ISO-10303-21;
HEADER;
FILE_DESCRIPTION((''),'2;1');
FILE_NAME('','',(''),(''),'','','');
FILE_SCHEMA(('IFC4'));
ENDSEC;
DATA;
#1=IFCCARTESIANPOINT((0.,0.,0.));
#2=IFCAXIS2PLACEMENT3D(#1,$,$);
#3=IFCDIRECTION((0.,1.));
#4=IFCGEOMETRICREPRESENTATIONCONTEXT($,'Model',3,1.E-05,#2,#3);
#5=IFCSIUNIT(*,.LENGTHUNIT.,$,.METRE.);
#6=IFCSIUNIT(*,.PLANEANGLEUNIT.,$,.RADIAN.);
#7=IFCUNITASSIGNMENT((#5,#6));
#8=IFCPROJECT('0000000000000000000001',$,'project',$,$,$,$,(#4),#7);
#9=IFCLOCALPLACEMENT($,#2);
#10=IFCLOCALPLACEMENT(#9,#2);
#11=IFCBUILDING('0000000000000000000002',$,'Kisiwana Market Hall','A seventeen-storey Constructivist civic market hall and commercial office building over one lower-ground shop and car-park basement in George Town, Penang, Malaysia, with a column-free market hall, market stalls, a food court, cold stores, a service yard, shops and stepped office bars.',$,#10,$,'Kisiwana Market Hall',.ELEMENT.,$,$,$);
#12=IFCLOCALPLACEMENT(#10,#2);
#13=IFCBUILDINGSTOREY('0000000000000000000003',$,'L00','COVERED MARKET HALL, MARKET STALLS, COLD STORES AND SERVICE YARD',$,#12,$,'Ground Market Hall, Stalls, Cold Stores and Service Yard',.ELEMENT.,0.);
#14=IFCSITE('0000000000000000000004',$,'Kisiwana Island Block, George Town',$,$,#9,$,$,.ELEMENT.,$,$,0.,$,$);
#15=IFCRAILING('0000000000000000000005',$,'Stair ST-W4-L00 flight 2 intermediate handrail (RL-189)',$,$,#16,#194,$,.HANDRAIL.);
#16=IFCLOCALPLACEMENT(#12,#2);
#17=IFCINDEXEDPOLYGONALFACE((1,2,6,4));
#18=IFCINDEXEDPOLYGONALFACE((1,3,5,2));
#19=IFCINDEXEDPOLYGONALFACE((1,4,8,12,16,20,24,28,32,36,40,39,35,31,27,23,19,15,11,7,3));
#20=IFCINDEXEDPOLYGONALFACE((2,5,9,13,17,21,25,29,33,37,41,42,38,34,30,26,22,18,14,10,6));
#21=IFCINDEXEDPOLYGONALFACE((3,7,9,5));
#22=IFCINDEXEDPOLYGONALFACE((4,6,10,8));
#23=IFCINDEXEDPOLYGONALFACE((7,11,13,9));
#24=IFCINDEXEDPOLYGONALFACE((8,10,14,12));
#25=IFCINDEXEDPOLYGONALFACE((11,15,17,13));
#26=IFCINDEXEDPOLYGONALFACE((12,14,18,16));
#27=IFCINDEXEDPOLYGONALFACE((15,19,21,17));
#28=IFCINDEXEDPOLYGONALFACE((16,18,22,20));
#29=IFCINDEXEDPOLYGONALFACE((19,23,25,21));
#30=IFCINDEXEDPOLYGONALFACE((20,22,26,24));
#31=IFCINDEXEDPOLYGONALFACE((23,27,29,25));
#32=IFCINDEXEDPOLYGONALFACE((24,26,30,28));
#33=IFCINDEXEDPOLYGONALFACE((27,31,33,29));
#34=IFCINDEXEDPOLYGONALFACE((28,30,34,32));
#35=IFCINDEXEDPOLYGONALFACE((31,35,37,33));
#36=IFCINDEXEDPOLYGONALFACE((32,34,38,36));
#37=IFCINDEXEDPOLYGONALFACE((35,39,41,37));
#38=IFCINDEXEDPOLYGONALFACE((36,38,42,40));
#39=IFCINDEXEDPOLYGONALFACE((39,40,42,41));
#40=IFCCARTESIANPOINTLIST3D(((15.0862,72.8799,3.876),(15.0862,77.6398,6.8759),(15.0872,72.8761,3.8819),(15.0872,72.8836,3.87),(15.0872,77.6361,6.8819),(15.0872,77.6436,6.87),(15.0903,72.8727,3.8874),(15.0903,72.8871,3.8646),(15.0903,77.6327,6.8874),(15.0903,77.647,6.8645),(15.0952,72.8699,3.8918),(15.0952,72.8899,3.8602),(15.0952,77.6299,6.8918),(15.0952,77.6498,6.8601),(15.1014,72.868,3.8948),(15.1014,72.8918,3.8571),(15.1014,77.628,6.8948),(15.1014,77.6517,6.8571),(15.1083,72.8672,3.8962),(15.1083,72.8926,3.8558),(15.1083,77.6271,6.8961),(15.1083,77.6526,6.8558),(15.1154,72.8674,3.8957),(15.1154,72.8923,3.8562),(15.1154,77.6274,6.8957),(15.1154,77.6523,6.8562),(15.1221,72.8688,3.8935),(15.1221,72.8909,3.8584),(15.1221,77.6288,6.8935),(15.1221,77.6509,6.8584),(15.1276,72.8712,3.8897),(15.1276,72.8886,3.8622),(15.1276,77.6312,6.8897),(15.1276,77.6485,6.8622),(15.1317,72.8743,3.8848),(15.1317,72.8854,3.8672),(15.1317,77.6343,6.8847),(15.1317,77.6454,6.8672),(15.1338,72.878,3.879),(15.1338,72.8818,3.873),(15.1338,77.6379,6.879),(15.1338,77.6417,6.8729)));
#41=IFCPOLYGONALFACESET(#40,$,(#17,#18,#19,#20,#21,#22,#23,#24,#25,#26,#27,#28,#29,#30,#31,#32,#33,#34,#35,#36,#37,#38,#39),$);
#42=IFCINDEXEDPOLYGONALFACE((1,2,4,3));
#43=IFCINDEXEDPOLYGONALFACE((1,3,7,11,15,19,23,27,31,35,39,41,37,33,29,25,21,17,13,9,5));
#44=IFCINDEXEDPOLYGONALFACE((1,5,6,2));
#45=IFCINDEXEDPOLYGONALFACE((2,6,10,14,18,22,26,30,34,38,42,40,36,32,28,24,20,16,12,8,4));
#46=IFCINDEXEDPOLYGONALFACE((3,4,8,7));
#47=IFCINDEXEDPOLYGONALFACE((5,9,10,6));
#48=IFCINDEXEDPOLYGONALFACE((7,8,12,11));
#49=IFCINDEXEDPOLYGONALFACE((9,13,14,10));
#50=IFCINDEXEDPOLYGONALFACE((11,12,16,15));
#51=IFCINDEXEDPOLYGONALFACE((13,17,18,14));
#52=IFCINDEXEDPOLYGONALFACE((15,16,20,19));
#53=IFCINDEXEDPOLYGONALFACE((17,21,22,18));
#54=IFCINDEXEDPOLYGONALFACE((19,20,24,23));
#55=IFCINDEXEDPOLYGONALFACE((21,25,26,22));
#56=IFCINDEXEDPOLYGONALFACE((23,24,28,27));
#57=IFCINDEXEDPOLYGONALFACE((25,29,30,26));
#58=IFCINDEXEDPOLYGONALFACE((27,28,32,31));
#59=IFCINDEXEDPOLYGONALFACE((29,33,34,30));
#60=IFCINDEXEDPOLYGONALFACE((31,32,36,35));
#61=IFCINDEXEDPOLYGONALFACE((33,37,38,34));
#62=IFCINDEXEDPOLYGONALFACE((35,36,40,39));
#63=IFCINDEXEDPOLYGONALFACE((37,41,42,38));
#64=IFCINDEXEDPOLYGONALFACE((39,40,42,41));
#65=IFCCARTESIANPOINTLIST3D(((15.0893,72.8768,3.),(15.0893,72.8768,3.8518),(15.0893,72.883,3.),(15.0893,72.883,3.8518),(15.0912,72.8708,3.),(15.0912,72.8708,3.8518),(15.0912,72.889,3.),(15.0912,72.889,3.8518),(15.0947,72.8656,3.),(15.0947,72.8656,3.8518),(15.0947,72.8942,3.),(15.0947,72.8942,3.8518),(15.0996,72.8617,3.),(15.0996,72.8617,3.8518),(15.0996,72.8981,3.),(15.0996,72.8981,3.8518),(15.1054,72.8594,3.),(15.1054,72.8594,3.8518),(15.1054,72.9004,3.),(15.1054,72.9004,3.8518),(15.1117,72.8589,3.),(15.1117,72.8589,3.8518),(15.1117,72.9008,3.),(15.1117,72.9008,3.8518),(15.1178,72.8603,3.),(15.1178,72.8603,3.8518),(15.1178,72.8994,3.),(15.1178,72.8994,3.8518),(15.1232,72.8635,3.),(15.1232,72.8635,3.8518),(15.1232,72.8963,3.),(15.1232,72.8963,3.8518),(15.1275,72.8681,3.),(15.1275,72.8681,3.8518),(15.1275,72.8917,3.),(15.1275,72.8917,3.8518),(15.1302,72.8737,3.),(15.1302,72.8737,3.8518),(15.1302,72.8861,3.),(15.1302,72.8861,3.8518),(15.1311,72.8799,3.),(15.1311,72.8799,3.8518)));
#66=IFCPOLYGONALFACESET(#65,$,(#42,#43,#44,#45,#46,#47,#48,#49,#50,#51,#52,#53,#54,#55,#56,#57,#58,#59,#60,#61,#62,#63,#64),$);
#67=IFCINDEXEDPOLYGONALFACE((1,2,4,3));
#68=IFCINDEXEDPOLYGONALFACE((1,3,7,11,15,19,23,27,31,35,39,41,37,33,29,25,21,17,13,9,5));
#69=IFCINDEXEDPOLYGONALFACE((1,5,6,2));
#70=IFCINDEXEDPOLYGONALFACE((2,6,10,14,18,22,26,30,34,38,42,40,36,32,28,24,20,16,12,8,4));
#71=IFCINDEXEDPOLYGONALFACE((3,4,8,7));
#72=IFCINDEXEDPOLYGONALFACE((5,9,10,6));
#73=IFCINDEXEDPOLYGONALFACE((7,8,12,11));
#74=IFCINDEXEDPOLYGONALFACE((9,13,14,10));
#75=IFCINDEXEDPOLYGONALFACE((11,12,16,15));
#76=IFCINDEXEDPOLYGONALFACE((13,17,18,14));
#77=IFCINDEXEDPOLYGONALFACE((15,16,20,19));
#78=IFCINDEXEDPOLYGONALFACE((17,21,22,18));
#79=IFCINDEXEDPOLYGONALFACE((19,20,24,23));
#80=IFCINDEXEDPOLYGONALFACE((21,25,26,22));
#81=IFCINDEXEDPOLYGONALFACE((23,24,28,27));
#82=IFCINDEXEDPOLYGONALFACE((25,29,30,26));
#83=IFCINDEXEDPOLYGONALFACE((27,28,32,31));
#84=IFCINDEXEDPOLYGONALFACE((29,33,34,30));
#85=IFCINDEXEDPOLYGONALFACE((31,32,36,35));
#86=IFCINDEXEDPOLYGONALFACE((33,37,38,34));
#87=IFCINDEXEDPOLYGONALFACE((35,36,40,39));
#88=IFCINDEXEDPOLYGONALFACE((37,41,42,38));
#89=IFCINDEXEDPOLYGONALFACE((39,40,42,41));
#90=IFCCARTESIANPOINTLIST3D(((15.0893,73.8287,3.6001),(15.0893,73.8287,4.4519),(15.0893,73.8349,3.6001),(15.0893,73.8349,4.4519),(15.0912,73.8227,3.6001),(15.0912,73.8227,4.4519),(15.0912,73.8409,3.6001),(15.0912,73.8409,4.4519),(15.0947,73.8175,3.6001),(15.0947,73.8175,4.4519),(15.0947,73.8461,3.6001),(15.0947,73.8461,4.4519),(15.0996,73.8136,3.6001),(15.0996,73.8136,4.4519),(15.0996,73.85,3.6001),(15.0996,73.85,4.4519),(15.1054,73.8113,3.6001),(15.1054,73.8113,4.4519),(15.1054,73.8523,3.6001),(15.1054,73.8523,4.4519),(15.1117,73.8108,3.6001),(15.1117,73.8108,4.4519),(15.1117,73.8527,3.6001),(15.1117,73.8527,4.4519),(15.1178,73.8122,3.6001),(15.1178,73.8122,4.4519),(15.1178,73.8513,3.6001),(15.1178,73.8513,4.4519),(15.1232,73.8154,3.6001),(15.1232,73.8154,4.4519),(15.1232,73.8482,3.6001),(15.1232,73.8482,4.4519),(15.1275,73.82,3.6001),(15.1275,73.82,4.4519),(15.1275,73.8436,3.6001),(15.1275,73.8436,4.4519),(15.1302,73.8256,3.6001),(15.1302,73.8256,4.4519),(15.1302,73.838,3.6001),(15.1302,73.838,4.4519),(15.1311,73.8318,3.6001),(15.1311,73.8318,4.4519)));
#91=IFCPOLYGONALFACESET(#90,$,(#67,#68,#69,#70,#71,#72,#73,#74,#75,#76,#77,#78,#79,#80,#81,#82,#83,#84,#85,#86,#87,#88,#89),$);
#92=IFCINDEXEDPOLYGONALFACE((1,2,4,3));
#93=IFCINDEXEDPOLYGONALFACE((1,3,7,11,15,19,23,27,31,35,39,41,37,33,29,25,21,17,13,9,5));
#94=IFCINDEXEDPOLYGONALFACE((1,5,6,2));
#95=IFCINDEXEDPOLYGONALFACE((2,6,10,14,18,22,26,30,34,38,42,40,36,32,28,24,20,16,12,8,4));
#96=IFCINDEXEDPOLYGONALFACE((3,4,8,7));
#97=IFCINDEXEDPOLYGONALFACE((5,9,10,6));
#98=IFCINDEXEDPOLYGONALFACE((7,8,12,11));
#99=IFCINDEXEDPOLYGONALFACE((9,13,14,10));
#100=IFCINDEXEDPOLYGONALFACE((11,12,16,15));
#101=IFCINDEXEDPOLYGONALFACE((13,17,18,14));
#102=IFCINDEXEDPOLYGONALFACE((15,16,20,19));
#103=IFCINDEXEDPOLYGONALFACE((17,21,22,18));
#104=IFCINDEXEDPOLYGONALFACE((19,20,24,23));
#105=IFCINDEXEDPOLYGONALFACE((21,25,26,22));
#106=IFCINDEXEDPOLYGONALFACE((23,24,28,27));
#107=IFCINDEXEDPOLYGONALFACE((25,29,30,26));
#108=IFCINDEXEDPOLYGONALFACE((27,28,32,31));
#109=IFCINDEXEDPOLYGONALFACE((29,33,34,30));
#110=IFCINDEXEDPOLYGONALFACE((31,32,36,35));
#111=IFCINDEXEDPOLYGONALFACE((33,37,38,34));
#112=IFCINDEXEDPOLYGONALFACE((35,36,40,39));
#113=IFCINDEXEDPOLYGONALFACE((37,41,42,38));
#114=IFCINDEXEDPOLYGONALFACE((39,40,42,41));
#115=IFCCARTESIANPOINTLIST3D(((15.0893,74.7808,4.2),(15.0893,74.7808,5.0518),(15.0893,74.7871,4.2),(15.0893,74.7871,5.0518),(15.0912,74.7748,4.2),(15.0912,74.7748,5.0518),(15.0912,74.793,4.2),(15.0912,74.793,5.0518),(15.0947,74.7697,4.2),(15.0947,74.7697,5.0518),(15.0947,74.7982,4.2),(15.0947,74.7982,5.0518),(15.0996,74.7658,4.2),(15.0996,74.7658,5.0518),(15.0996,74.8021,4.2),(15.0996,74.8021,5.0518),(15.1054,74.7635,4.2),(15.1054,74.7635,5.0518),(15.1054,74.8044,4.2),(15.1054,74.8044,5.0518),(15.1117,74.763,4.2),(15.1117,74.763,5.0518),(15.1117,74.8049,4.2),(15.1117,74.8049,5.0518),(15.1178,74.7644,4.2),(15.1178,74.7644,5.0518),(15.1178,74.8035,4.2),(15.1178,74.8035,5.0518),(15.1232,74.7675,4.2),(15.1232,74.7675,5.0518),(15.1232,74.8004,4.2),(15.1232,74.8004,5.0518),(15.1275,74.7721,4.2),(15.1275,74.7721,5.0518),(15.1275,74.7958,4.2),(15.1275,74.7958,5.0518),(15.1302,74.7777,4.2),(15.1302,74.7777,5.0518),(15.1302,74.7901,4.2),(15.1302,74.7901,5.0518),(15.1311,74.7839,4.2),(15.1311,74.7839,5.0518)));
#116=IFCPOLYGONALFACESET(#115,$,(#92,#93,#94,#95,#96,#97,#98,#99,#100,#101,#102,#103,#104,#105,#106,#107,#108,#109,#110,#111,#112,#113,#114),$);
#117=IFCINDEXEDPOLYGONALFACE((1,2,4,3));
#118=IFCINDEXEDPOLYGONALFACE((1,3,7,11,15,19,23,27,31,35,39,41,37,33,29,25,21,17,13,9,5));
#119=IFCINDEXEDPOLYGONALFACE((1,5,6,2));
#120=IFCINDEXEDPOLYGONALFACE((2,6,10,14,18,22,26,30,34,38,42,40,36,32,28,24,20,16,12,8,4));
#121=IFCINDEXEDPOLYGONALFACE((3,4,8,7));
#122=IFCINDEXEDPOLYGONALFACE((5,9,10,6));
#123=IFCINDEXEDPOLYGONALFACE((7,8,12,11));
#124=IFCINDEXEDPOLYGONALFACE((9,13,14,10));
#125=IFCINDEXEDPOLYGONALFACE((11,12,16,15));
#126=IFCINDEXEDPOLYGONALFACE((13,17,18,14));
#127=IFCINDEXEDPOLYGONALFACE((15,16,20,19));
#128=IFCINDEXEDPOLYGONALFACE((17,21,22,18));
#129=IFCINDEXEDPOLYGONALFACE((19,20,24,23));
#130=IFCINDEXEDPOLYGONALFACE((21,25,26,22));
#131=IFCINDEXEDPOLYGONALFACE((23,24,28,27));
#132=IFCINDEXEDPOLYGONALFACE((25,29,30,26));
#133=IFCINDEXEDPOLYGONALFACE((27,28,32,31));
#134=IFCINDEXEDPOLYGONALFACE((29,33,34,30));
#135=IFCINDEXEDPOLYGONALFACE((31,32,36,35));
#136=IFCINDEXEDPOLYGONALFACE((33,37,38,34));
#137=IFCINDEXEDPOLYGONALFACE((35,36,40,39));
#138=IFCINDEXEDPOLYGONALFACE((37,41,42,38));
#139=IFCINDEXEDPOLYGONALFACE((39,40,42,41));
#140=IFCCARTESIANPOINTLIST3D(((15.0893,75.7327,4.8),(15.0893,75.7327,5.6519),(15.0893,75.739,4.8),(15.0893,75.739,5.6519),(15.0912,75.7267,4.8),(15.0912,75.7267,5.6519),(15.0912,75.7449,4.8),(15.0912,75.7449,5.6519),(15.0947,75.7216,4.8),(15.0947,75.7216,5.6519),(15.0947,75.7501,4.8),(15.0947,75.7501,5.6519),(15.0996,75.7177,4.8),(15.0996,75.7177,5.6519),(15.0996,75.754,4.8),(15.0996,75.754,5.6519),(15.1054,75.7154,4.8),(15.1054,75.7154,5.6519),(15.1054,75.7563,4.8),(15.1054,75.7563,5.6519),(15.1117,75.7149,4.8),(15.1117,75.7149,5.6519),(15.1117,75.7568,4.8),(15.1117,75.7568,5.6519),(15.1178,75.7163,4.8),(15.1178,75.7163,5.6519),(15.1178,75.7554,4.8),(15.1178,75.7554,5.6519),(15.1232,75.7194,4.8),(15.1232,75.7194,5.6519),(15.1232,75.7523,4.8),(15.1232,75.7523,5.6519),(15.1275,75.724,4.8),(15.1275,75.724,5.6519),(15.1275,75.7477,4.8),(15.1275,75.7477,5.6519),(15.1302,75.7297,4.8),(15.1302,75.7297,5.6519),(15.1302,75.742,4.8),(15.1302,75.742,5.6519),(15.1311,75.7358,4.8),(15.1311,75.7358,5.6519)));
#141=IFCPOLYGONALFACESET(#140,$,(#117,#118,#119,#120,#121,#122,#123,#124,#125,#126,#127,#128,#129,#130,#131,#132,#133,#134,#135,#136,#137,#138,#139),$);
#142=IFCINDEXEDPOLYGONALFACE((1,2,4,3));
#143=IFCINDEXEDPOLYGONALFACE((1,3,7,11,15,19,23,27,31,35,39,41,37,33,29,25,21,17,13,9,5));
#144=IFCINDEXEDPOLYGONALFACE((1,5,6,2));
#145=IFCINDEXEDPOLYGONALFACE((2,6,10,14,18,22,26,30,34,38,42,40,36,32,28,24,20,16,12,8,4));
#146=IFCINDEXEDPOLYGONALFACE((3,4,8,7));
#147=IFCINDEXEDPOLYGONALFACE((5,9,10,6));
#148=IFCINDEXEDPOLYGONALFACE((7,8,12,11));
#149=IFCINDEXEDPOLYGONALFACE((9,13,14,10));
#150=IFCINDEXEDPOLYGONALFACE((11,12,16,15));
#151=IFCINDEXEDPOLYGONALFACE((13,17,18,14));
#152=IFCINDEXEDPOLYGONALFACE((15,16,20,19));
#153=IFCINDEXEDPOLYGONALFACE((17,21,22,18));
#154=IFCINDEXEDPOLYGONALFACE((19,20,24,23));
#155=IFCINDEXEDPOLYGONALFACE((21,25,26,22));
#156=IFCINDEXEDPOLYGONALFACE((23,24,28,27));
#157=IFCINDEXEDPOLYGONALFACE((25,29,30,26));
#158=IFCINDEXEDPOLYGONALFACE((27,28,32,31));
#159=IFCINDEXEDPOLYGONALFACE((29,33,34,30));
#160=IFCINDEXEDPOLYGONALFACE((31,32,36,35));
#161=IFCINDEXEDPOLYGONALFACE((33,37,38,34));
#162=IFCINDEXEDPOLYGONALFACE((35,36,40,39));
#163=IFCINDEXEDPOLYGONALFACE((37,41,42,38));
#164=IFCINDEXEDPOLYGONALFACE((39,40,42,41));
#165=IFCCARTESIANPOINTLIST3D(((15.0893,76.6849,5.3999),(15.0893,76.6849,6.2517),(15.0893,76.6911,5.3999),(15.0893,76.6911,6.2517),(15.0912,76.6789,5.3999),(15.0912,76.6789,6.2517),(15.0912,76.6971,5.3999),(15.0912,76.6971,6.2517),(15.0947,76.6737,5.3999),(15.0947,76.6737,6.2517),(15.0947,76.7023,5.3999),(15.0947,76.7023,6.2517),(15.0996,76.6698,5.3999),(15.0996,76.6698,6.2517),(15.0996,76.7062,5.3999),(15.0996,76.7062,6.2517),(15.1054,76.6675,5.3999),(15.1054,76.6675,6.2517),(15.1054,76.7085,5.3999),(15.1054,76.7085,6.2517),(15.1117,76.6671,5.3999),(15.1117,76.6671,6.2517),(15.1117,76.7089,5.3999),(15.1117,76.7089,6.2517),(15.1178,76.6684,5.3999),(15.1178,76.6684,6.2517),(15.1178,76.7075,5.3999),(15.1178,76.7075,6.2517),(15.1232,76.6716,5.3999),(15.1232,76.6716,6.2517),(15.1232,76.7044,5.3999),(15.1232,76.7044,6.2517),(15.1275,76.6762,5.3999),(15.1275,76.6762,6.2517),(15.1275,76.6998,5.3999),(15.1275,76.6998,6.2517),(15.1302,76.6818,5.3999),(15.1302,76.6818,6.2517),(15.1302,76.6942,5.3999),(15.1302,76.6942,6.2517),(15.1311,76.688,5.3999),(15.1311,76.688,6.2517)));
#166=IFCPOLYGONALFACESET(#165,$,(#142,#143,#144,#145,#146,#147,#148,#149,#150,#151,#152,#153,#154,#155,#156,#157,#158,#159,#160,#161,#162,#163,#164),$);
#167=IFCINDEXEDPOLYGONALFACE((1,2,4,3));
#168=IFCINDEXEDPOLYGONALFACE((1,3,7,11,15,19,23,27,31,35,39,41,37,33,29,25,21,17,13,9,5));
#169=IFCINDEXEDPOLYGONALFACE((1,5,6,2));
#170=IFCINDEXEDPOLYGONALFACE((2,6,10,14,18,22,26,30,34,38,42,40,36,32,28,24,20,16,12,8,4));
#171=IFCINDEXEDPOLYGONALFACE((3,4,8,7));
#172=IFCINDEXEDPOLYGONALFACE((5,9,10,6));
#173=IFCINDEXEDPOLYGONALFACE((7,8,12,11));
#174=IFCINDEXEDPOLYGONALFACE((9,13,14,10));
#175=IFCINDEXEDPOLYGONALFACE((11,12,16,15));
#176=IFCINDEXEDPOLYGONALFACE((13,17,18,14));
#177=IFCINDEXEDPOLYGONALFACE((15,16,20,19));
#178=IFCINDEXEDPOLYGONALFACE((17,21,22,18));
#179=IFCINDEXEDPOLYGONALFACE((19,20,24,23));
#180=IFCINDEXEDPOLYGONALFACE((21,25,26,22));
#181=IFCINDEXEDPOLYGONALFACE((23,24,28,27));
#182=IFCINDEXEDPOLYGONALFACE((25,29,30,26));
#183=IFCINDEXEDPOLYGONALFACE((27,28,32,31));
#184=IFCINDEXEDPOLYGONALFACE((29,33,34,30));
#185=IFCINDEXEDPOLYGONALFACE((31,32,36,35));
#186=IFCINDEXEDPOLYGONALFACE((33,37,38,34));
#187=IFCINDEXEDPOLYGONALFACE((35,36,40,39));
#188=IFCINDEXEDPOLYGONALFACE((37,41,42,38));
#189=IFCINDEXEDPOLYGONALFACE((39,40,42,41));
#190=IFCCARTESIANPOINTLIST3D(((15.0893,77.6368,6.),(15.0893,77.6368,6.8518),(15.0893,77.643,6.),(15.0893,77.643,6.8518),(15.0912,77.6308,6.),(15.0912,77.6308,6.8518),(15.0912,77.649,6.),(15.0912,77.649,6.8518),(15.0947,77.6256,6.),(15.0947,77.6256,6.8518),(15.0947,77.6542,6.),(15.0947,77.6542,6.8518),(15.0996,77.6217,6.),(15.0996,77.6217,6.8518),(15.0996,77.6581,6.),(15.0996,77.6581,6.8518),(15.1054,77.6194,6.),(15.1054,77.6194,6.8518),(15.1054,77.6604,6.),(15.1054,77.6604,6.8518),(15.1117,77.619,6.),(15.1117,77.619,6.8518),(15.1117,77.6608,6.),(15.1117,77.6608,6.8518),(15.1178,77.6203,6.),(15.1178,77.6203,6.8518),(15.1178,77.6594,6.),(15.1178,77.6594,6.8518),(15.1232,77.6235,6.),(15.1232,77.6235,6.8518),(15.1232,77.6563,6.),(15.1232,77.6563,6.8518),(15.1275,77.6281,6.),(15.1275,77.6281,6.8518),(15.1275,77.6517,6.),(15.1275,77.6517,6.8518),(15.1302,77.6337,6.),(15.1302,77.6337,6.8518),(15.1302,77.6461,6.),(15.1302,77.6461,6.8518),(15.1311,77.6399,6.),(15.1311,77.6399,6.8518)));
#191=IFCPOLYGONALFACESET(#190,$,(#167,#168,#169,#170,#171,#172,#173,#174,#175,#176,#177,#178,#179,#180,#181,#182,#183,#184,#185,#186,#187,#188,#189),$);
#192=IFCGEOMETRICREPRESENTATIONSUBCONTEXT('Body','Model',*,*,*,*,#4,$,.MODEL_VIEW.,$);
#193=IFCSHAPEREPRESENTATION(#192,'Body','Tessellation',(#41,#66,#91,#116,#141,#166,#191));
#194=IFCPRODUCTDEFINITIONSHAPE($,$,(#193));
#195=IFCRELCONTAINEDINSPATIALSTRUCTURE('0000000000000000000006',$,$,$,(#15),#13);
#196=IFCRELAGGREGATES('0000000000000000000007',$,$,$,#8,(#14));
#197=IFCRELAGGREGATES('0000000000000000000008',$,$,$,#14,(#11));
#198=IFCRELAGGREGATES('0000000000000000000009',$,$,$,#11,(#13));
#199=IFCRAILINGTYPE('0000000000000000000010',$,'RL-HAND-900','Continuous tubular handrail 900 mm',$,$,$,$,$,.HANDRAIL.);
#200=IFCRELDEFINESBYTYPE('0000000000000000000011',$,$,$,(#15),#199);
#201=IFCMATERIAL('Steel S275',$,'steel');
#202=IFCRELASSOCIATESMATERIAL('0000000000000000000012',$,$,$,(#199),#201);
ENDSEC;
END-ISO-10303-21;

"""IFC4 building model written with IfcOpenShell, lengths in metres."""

from ifc_helpers import new_model, si_unit, direction, frame, origin, origin_2d, place, context, subcontext, project, spatial, circle, extrude, material, type_object, element, save


model = new_model("IFC4")

# Units and contexts
model_context = context("Model", 3, precision=1e-05, world=origin(), true_north=direction((0.0, 1.0)))
body_context = subcontext(model_context, "Body", "Model", "MODEL_VIEW")
ifc_project = project(units=[si_unit("LENGTHUNIT", "METRE"), si_unit("PLANEANGLEUNIT", "RADIAN")], contexts=[model_context])

# Site, building, storey
site_placement = place(None, origin())
site = spatial("IfcSite", under=ifc_project, at=site_placement, Name="Kisiwana Island Block, George Town", CompositionType="ELEMENT", RefElevation=0.0)
building_placement = place(site_placement, origin())
building = spatial("IfcBuilding", under=site, at=building_placement, Name="Kisiwana Market Hall", Description="A seventeen-storey Constructivist civic market hall and commercial office building over one lower-ground shop and car-park basement in George Town, Penang, Malaysia, with a column-free market hall, market stalls, a food court, cold stores, a service yard, shops and stepped office bars.", LongName="Kisiwana Market Hall", CompositionType="ELEMENT")
storey_placement = place(building_placement, origin())
storey = spatial("IfcBuildingStorey", under=building, at=storey_placement, Name="L00", Description="COVERED MARKET HALL, MARKET STALLS, COLD STORES AND SERVICE YARD", LongName="Ground Market Hall, Stalls, Cold Stores and Service Yard", CompositionType="ELEMENT", Elevation=0.0)

# Railing
ifc_material_1 = material(Name="Steel S275", Category="steel")
railing_type = type_object("IfcRailingType", Name="RL-HAND-900", Description="Continuous tubular handrail 900 mm", PredefinedType="HANDRAIL", material=ifc_material_1)
for number, where, name in (
    (1, (15.1101, 72.8799, 3.0), "Stair ST-W4-L00 flight 2 intermediate handrail (RL-189)"),
):
    element("IfcRailing", number, at=place(storey_placement, frame(where)), inside=storey, type_object=railing_type, Name=name, PredefinedType="HANDRAIL", context=body_context, shape_type="SweptSolid", body=[
        extrude(circle(Radius=0.0239, at=origin_2d()), frame((0.0, 0.0, 0.876), z_axis=(0.0, 0.845996, 0.53319), x_axis=(-1.0, 0.0, 0.0)), (0.0, 0.0, 1.0), 5.6265),
        extrude(circle(Radius=0.021, at=origin_2d()), origin(), (0.0, 0.0, 1.0), 0.8518),
        extrude(circle(Radius=0.021, at=origin_2d()), frame((0.0, 0.9519, 0.6001)), (0.0, 0.0, 1.0), 0.8518),
        extrude(circle(Radius=0.021, at=origin_2d()), frame((0.0, 1.9041, 1.2)), (0.0, 0.0, 1.0), 0.8518),
        extrude(circle(Radius=0.021, at=origin_2d()), frame((0.0, 2.856, 1.8)), (0.0, 0.0, 1.0), 0.8518),
        extrude(circle(Radius=0.021, at=origin_2d()), frame((0.0, 3.8081, 2.3999)), (0.0, 0.0, 1.0), 0.8518),
        extrude(circle(Radius=0.021, at=origin_2d()), frame((0.0, 4.76, 3.0)), (0.0, 0.0, 1.0), 0.8518),
    ])

save(model, "model.ifc")
